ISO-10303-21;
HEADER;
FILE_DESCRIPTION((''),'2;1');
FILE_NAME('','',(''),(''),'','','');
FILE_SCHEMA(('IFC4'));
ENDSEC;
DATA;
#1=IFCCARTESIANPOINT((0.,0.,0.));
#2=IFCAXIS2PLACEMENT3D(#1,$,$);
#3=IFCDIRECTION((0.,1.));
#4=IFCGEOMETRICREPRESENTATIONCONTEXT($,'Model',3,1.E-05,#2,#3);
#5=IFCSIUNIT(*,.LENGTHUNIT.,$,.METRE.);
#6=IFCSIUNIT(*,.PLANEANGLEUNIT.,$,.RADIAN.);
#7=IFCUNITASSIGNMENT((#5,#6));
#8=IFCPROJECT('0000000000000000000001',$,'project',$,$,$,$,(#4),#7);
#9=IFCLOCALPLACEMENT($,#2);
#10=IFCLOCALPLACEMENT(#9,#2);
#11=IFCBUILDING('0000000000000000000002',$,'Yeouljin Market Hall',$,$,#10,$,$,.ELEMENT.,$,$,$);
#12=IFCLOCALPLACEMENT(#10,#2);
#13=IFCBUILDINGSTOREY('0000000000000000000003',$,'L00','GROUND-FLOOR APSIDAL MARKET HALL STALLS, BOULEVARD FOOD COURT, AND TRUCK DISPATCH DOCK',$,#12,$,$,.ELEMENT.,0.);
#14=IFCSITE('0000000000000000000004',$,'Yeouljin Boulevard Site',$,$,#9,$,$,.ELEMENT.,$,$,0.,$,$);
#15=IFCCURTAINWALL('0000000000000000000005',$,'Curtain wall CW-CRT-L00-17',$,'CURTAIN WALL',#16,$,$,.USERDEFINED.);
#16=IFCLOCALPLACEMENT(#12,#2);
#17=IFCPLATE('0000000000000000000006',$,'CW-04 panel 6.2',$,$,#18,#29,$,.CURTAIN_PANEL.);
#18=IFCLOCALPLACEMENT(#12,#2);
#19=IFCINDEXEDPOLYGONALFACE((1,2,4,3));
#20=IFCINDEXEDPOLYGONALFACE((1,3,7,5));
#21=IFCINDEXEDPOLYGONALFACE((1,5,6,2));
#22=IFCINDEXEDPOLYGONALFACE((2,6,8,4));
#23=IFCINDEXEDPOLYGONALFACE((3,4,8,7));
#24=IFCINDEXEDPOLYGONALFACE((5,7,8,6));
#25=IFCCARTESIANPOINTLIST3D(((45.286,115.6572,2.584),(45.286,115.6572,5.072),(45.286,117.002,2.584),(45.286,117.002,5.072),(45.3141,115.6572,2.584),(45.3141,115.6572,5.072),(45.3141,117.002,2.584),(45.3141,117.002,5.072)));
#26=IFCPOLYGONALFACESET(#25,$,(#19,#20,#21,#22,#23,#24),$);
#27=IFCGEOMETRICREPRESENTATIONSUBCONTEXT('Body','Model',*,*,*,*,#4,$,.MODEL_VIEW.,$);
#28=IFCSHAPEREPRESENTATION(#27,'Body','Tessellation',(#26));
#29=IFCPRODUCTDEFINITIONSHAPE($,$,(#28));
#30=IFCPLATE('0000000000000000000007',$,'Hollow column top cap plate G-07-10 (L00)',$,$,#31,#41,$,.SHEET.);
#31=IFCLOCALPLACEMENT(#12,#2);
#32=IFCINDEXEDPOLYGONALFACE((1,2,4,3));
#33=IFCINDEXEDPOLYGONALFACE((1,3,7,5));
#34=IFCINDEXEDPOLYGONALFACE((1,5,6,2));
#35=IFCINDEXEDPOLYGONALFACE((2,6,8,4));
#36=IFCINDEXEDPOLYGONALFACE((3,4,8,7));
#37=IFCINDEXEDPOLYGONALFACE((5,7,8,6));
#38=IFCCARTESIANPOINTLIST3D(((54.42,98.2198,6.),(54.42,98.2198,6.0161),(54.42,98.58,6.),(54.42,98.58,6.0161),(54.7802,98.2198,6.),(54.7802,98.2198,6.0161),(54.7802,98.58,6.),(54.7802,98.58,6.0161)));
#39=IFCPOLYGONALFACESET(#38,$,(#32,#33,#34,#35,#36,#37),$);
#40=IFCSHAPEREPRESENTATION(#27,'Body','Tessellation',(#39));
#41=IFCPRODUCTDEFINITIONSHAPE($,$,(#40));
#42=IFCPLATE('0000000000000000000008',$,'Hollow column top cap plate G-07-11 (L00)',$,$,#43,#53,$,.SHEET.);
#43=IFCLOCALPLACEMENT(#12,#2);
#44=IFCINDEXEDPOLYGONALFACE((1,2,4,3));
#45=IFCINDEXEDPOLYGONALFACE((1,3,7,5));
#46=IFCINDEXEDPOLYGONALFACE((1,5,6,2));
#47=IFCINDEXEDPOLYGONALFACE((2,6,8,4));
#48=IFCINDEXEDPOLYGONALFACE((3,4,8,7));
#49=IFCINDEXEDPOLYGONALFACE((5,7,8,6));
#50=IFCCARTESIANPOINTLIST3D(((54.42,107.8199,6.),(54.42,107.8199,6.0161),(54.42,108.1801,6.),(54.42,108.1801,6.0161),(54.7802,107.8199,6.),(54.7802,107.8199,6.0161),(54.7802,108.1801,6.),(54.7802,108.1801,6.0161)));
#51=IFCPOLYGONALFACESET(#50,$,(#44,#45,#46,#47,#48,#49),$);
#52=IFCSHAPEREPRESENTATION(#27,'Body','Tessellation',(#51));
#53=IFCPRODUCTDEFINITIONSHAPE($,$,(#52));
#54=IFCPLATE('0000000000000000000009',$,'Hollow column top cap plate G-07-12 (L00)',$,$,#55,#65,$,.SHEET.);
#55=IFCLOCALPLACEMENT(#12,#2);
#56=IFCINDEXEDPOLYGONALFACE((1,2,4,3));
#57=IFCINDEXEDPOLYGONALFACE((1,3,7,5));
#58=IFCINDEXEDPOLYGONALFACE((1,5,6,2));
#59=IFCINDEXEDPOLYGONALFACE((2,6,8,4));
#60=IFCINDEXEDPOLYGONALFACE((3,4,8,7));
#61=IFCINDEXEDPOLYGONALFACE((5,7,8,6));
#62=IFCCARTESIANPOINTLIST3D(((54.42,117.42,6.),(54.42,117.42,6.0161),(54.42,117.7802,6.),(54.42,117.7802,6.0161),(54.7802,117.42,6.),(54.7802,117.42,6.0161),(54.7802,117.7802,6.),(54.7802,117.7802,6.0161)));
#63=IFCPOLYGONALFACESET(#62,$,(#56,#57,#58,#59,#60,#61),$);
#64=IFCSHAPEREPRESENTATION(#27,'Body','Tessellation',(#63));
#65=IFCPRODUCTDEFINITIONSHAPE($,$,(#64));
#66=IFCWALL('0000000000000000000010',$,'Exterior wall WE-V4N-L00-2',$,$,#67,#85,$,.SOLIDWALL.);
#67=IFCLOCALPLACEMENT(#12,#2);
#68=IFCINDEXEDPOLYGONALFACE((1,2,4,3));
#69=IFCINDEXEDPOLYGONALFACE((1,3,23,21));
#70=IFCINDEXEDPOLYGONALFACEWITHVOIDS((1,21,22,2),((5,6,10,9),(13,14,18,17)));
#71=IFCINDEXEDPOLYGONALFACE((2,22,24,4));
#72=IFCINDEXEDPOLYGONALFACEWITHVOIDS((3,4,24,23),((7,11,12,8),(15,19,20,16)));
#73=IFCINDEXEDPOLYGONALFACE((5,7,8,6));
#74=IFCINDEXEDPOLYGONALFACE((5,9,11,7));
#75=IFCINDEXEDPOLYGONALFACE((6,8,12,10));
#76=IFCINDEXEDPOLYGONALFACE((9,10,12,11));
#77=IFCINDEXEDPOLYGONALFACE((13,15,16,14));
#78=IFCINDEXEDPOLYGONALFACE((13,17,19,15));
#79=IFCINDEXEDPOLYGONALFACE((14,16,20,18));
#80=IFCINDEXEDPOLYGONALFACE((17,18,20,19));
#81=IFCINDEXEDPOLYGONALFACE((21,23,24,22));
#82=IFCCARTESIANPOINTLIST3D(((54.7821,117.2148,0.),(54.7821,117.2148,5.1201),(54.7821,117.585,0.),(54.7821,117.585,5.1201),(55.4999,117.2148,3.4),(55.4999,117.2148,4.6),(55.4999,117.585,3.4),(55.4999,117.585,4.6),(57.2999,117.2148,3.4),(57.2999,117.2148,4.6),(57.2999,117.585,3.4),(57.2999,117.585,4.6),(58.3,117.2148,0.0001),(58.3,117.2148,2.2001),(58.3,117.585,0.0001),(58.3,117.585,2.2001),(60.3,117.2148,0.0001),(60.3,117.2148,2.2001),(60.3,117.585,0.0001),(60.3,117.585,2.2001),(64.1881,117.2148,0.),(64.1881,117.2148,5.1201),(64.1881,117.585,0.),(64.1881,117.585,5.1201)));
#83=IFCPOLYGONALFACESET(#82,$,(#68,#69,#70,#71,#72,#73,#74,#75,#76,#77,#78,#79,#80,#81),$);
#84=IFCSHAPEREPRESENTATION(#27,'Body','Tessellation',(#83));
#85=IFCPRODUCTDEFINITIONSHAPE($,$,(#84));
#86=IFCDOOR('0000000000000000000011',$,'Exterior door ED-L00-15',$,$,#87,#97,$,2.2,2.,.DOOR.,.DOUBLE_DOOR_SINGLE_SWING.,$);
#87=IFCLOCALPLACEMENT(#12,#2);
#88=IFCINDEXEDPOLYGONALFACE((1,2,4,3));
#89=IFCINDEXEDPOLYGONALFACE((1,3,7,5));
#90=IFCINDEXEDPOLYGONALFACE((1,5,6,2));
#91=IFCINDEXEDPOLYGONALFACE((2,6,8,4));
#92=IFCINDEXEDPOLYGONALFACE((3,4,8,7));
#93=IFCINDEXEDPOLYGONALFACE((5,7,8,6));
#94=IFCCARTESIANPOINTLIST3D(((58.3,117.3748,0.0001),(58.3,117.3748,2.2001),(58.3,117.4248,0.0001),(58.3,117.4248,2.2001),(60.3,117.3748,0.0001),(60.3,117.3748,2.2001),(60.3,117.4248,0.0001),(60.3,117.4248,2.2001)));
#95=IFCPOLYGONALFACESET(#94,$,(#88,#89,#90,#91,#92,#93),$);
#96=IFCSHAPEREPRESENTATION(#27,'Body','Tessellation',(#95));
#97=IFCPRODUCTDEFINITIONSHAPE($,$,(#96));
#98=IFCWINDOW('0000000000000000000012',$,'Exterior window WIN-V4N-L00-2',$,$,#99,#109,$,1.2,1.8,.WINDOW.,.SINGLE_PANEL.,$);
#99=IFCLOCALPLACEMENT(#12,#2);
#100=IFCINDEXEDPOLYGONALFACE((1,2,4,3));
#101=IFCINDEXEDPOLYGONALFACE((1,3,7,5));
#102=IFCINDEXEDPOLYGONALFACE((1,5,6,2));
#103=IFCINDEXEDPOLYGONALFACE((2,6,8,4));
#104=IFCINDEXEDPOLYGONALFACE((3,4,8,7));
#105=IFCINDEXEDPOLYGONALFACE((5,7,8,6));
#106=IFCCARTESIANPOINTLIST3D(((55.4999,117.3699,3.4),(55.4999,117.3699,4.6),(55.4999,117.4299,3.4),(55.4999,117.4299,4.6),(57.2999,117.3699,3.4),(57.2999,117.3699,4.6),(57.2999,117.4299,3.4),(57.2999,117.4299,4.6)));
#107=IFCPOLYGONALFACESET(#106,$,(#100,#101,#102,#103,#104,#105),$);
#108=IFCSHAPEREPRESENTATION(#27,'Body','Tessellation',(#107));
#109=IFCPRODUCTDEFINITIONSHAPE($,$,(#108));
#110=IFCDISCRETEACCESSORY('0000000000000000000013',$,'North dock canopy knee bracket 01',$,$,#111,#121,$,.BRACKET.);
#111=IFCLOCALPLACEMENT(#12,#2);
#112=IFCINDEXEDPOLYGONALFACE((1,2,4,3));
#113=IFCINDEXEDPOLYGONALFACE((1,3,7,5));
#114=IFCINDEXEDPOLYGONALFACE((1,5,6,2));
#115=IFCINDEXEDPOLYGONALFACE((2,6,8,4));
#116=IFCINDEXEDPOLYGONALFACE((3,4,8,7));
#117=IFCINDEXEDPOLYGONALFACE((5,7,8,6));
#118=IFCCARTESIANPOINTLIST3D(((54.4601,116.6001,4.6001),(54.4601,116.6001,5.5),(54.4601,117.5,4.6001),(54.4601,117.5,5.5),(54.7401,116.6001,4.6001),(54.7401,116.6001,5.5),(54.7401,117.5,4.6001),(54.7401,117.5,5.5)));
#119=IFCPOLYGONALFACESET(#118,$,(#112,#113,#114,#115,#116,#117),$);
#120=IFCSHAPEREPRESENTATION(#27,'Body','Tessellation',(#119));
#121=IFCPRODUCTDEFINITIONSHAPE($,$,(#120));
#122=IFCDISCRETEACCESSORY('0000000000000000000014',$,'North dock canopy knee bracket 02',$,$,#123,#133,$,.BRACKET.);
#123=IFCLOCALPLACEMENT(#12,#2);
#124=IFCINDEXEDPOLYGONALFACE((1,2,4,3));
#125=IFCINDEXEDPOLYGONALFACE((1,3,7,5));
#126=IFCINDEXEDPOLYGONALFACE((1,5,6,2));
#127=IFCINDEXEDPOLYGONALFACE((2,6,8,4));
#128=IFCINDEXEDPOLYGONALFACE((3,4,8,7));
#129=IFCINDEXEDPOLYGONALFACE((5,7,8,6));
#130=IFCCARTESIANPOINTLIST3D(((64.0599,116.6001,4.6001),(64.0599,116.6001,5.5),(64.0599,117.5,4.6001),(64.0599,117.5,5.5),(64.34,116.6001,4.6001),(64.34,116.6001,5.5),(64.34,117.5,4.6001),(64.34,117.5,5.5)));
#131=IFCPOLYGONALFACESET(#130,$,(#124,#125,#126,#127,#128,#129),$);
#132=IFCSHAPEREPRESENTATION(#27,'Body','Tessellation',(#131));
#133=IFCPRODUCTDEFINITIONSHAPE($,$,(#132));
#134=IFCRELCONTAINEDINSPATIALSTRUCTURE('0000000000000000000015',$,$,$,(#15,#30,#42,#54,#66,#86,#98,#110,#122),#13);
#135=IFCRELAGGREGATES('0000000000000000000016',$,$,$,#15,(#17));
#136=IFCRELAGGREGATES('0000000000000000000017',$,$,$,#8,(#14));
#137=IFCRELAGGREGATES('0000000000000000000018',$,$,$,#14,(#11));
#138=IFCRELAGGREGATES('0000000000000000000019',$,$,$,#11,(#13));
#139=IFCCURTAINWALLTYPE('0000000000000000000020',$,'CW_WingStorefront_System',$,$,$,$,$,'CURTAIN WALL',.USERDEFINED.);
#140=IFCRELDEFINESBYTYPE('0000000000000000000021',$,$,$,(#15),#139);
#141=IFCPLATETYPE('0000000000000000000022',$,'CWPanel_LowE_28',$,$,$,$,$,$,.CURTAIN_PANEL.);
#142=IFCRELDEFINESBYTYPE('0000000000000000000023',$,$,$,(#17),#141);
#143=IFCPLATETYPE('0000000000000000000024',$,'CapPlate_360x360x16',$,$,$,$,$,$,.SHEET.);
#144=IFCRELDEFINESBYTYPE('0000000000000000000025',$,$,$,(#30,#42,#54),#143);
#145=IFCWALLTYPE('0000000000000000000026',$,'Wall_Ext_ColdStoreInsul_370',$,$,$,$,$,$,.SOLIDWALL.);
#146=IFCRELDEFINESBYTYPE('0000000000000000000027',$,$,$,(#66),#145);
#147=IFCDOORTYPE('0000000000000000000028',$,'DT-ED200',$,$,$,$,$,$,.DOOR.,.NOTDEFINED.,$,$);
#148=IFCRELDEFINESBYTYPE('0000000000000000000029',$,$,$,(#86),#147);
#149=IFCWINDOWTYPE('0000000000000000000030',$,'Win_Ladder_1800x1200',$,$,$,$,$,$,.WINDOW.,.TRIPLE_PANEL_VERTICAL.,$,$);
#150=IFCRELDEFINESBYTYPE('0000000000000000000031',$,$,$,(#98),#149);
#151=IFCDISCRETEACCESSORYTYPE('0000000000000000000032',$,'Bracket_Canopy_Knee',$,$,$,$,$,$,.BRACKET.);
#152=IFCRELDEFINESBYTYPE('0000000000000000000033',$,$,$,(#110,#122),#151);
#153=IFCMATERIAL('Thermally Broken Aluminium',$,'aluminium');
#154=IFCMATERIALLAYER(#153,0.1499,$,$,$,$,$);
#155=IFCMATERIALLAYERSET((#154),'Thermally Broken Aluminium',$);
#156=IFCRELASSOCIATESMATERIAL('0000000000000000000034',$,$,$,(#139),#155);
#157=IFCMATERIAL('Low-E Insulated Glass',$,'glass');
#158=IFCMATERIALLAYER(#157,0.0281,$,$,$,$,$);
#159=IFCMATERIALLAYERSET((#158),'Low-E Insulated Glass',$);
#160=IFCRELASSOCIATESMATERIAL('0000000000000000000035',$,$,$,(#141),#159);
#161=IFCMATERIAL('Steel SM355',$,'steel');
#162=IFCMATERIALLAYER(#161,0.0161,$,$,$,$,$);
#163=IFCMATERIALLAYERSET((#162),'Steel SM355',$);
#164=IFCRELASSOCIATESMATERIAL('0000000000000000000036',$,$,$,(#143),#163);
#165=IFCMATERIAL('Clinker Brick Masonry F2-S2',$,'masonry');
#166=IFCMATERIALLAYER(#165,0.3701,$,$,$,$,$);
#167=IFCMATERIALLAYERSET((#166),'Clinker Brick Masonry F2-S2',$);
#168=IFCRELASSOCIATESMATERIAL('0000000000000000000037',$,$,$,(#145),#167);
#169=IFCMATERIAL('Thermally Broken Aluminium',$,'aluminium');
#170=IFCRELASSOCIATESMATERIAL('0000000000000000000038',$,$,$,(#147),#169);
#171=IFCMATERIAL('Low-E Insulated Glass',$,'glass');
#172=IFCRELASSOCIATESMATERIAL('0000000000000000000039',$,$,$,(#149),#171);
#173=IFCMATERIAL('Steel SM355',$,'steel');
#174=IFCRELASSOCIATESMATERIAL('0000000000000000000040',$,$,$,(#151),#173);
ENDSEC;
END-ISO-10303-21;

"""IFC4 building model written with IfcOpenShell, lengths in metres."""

from ifc_helpers import new_model, si_unit, direction, frame, frame_2d, origin, origin_2d, place, context, subcontext, project, spatial, rectangle, extrude, material, layer, layer_set, type_object, element, fill, aggregate, save


model = new_model("IFC4")

# Units and contexts
model_context = context("Model", 3, precision=1e-05, world=origin(), true_north=direction((0.0, 1.0)))
body_context = subcontext(model_context, "Body", "Model", "MODEL_VIEW")
ifc_project = project(units=[si_unit("LENGTHUNIT", "METRE"), si_unit("PLANEANGLEUNIT", "RADIAN")], contexts=[model_context])

# Site, building, storey
site_placement = place(None, origin())
site = spatial("IfcSite", under=ifc_project, at=site_placement, Name="Yeouljin Boulevard Site", CompositionType="ELEMENT", RefElevation=0.0)
building_placement = place(site_placement, origin())
building = spatial("IfcBuilding", under=site, at=building_placement, Name="Yeouljin Market Hall", CompositionType="ELEMENT")
storey_placement = place(building_placement, origin())
storey = spatial("IfcBuildingStorey", under=building, at=storey_placement, Name="L00", Description="GROUND-FLOOR APSIDAL MARKET HALL STALLS, BOULEVARD FOOD COURT, AND TRUCK DISPATCH DOCK", CompositionType="ELEMENT", Elevation=0.0)

# Curtain wall, plate
ifc_material_1 = material(Name="Thermally Broken Aluminium", Category="aluminium")
ifc_layer_1 = layer(ifc_material_1, 0.1499)
ifc_layer_set_1 = layer_set([ifc_layer_1], Name="Thermally Broken Aluminium")
curtain_wall_type = type_object("IfcCurtainWallType", Name="CW_WingStorefront_System", ElementType="CURTAIN WALL", PredefinedType="USERDEFINED", material=ifc_layer_set_1)
curtain_wall_placement = place(storey_placement, origin())
curtain_wall = element("IfcCurtainWall", 1, at=curtain_wall_placement, inside=storey, type_object=curtain_wall_type, Name="Curtain wall CW-CRT-L00-17", ObjectType="CURTAIN WALL", PredefinedType="USERDEFINED")
ifc_material_2 = material(Name="Low-E Insulated Glass", Category="glass")
ifc_layer_2 = layer(ifc_material_2, 0.0281)
ifc_layer_set_2 = layer_set([ifc_layer_2], Name="Low-E Insulated Glass")
plate_type_1 = type_object("IfcPlateType", Name="CWPanel_LowE_28", PredefinedType="CURTAIN_PANEL", material=ifc_layer_set_2)
plate_1_placement = place(storey_placement, frame((45.3, 116.3296, 2.584), z_axis=(0.0, 0.0, 1.0), x_axis=(0.0, 1.0, 0.0)))
plate_1 = element("IfcPlate", 2, at=plate_1_placement, type_object=plate_type_1, Name="CW-04 panel 6.2", PredefinedType="CURTAIN_PANEL", context=body_context, shape_type="SweptSolid", body=[
    extrude(rectangle(XDim=1.3447, YDim=0.0281, at=origin_2d()), origin(), (0.0, 0.0, 1.0), 2.488),
])
aggregate(curtain_wall, [plate_1])

# Plates
ifc_material_3 = material(Name="Steel SM355", Category="steel")
ifc_layer_3 = layer(ifc_material_3, 0.0161)
ifc_layer_set_3 = layer_set([ifc_layer_3], Name="Steel SM355")
plate_type_2 = type_object("IfcPlateType", Name="CapPlate_360x360x16", PredefinedType="SHEET", material=ifc_layer_set_3)
for number, where, z_axis, x_axis, name in (
    (3, (54.6001, 98.3999, 6.0), (0.0, 0.0, 1.0), (1.0, 0.0, 0.0), "Hollow column top cap plate G-07-10 (L00)"),
    (4, (54.6001, 108.0, 6.0), (0.0, 0.0, 1.0), (1.0, 0.0, 0.0), "Hollow column top cap plate G-07-11 (L00)"),
    (5, (54.6001, 117.6001, 6.0), (0.0, 0.0, 1.0), (1.0, 0.0, 0.0), "Hollow column top cap plate G-07-12 (L00)"),
):
    element("IfcPlate", number, at=place(storey_placement, frame(where, z_axis=z_axis, x_axis=x_axis)), inside=storey, type_object=plate_type_2, Name=name, PredefinedType="SHEET", context=body_context, shape_type="SweptSolid", body=[
        extrude(rectangle(XDim=0.3601, YDim=0.3601, at=origin_2d()), origin(), (0.0, 0.0, 1.0), 0.0161),
    ])

# Wall, openings, door, window
ifc_material_4 = material(Name="Clinker Brick Masonry F2-S2", Category="masonry")
ifc_layer_4 = layer(ifc_material_4, 0.3701)
ifc_layer_set_4 = layer_set([ifc_layer_4], Name="Clinker Brick Masonry F2-S2")
wall_type = type_object("IfcWallType", Name="Wall_Ext_ColdStoreInsul_370", PredefinedType="SOLIDWALL", material=ifc_layer_set_4)
wall_placement = place(storey_placement, frame((54.782, 117.3999, 0.0), z_axis=(0.0, 0.0, 1.0), x_axis=(1.0, 0.0, 0.0)))
wall = element("IfcWall", 6, at=wall_placement, inside=storey, type_object=wall_type, Name="Exterior wall WE-V4N-L00-2", PredefinedType="SOLIDWALL", context=body_context, shape_type="SweptSolid", body=[
    extrude(rectangle(XDim=9.406, YDim=0.3701, at=frame_2d((4.7031, 0.0))), origin(), (0.0, 0.0, 1.0), 5.1201),
])
opening_1_placement = place(wall_placement, frame((3.5181, 0.0, 0.0)))
opening_1 = element("IfcOpeningElement", 7, at=opening_1_placement, cuts=wall, PredefinedType="OPENING", context=body_context, shape_type="SweptSolid", body=[
    extrude(rectangle(XDim=2.0, YDim=2.2, at=frame_2d((1.0, 1.1001))), frame((0.0, 0.1951, 0.0), z_axis=(0.0, -1.0, 0.0), x_axis=(1.0, 0.0, 0.0)), (0.0, 0.0, 1.0), 0.3901),
])
opening_2_placement = place(wall_placement, frame((0.718, 0.0, 3.3999)))
opening_2 = element("IfcOpeningElement", 8, at=opening_2_placement, cuts=wall, PredefinedType="OPENING", context=body_context, shape_type="SweptSolid", body=[
    extrude(rectangle(XDim=1.8, YDim=1.2, at=frame_2d((0.8999, 0.6001))), frame((0.0, 0.1951, 0.0), z_axis=(0.0, -1.0, 0.0), x_axis=(1.0, 0.0, 0.0)), (0.0, 0.0, 1.0), 0.3901),
])
ifc_material_5 = material(Name="Thermally Broken Aluminium", Category="aluminium")
door_type = type_object("IfcDoorType", Name="DT-ED200", OperationType="NOTDEFINED", PredefinedType="DOOR", material=ifc_material_5)
door_placement = place(opening_1_placement, origin())
door = element("IfcDoor", 9, at=door_placement, inside=storey, type_object=door_type, Name="Exterior door ED-L00-15", OperationType="DOUBLE_DOOR_SINGLE_SWING", OverallHeight=2.2, OverallWidth=2.0, PredefinedType="DOOR", context=body_context, shape_type="SweptSolid", body=[
    extrude(rectangle(XDim=2.0, YDim=2.2, at=frame_2d((1.0, 1.1001))), frame((0.0, 0.0249, 0.0), z_axis=(0.0, -1.0, 0.0), x_axis=(1.0, 0.0, 0.0)), (0.0, 0.0, 1.0), 0.05),
])
fill(opening_1, door)
ifc_material_6 = material(Name="Low-E Insulated Glass", Category="glass")
window_type = type_object("IfcWindowType", Name="Win_Ladder_1800x1200", PartitioningType="TRIPLE_PANEL_VERTICAL", PredefinedType="WINDOW", material=ifc_material_6)
window_placement = place(opening_2_placement, origin())
window = element("IfcWindow", 10, at=window_placement, inside=storey, type_object=window_type, Name="Exterior window WIN-V4N-L00-2", OverallHeight=1.2, OverallWidth=1.8, PartitioningType="SINGLE_PANEL", PredefinedType="WINDOW", context=body_context, shape_type="SweptSolid", body=[
    extrude(rectangle(XDim=1.8, YDim=1.2, at=frame_2d((0.8999, 0.6001))), frame((0.0, 0.03, 0.0), z_axis=(0.0, -1.0, 0.0), x_axis=(1.0, 0.0, 0.0)), (0.0, 0.0, 1.0), 0.0601),
])
fill(opening_2, window)

# Discrete accessories
ifc_material_7 = material(Name="Steel SM355", Category="steel")
discrete_accessory_type = type_object("IfcDiscreteAccessoryType", Name="Bracket_Canopy_Knee", PredefinedType="BRACKET", material=ifc_material_7)
for number, where, z_axis, x_axis, name in (
    (11, (54.6001, 117.05, 4.6001), (0.0, 0.0, 1.0), (1.0, 0.0, 0.0), "North dock canopy knee bracket 01"),
    (12, (64.2, 117.05, 4.6001), (0.0, 0.0, 1.0), (1.0, 0.0, 0.0), "North dock canopy knee bracket 02"),
):
    element("IfcDiscreteAccessory", number, at=place(storey_placement, frame(where, z_axis=z_axis, x_axis=x_axis)), inside=storey, type_object=discrete_accessory_type, Name=name, PredefinedType="BRACKET", context=body_context, shape_type="SweptSolid", body=[
        extrude(rectangle(XDim=0.28, YDim=0.8999, at=origin_2d()), origin(), (0.0, 0.0, 1.0), 0.8999),
    ])

save(model, "model.ifc")
